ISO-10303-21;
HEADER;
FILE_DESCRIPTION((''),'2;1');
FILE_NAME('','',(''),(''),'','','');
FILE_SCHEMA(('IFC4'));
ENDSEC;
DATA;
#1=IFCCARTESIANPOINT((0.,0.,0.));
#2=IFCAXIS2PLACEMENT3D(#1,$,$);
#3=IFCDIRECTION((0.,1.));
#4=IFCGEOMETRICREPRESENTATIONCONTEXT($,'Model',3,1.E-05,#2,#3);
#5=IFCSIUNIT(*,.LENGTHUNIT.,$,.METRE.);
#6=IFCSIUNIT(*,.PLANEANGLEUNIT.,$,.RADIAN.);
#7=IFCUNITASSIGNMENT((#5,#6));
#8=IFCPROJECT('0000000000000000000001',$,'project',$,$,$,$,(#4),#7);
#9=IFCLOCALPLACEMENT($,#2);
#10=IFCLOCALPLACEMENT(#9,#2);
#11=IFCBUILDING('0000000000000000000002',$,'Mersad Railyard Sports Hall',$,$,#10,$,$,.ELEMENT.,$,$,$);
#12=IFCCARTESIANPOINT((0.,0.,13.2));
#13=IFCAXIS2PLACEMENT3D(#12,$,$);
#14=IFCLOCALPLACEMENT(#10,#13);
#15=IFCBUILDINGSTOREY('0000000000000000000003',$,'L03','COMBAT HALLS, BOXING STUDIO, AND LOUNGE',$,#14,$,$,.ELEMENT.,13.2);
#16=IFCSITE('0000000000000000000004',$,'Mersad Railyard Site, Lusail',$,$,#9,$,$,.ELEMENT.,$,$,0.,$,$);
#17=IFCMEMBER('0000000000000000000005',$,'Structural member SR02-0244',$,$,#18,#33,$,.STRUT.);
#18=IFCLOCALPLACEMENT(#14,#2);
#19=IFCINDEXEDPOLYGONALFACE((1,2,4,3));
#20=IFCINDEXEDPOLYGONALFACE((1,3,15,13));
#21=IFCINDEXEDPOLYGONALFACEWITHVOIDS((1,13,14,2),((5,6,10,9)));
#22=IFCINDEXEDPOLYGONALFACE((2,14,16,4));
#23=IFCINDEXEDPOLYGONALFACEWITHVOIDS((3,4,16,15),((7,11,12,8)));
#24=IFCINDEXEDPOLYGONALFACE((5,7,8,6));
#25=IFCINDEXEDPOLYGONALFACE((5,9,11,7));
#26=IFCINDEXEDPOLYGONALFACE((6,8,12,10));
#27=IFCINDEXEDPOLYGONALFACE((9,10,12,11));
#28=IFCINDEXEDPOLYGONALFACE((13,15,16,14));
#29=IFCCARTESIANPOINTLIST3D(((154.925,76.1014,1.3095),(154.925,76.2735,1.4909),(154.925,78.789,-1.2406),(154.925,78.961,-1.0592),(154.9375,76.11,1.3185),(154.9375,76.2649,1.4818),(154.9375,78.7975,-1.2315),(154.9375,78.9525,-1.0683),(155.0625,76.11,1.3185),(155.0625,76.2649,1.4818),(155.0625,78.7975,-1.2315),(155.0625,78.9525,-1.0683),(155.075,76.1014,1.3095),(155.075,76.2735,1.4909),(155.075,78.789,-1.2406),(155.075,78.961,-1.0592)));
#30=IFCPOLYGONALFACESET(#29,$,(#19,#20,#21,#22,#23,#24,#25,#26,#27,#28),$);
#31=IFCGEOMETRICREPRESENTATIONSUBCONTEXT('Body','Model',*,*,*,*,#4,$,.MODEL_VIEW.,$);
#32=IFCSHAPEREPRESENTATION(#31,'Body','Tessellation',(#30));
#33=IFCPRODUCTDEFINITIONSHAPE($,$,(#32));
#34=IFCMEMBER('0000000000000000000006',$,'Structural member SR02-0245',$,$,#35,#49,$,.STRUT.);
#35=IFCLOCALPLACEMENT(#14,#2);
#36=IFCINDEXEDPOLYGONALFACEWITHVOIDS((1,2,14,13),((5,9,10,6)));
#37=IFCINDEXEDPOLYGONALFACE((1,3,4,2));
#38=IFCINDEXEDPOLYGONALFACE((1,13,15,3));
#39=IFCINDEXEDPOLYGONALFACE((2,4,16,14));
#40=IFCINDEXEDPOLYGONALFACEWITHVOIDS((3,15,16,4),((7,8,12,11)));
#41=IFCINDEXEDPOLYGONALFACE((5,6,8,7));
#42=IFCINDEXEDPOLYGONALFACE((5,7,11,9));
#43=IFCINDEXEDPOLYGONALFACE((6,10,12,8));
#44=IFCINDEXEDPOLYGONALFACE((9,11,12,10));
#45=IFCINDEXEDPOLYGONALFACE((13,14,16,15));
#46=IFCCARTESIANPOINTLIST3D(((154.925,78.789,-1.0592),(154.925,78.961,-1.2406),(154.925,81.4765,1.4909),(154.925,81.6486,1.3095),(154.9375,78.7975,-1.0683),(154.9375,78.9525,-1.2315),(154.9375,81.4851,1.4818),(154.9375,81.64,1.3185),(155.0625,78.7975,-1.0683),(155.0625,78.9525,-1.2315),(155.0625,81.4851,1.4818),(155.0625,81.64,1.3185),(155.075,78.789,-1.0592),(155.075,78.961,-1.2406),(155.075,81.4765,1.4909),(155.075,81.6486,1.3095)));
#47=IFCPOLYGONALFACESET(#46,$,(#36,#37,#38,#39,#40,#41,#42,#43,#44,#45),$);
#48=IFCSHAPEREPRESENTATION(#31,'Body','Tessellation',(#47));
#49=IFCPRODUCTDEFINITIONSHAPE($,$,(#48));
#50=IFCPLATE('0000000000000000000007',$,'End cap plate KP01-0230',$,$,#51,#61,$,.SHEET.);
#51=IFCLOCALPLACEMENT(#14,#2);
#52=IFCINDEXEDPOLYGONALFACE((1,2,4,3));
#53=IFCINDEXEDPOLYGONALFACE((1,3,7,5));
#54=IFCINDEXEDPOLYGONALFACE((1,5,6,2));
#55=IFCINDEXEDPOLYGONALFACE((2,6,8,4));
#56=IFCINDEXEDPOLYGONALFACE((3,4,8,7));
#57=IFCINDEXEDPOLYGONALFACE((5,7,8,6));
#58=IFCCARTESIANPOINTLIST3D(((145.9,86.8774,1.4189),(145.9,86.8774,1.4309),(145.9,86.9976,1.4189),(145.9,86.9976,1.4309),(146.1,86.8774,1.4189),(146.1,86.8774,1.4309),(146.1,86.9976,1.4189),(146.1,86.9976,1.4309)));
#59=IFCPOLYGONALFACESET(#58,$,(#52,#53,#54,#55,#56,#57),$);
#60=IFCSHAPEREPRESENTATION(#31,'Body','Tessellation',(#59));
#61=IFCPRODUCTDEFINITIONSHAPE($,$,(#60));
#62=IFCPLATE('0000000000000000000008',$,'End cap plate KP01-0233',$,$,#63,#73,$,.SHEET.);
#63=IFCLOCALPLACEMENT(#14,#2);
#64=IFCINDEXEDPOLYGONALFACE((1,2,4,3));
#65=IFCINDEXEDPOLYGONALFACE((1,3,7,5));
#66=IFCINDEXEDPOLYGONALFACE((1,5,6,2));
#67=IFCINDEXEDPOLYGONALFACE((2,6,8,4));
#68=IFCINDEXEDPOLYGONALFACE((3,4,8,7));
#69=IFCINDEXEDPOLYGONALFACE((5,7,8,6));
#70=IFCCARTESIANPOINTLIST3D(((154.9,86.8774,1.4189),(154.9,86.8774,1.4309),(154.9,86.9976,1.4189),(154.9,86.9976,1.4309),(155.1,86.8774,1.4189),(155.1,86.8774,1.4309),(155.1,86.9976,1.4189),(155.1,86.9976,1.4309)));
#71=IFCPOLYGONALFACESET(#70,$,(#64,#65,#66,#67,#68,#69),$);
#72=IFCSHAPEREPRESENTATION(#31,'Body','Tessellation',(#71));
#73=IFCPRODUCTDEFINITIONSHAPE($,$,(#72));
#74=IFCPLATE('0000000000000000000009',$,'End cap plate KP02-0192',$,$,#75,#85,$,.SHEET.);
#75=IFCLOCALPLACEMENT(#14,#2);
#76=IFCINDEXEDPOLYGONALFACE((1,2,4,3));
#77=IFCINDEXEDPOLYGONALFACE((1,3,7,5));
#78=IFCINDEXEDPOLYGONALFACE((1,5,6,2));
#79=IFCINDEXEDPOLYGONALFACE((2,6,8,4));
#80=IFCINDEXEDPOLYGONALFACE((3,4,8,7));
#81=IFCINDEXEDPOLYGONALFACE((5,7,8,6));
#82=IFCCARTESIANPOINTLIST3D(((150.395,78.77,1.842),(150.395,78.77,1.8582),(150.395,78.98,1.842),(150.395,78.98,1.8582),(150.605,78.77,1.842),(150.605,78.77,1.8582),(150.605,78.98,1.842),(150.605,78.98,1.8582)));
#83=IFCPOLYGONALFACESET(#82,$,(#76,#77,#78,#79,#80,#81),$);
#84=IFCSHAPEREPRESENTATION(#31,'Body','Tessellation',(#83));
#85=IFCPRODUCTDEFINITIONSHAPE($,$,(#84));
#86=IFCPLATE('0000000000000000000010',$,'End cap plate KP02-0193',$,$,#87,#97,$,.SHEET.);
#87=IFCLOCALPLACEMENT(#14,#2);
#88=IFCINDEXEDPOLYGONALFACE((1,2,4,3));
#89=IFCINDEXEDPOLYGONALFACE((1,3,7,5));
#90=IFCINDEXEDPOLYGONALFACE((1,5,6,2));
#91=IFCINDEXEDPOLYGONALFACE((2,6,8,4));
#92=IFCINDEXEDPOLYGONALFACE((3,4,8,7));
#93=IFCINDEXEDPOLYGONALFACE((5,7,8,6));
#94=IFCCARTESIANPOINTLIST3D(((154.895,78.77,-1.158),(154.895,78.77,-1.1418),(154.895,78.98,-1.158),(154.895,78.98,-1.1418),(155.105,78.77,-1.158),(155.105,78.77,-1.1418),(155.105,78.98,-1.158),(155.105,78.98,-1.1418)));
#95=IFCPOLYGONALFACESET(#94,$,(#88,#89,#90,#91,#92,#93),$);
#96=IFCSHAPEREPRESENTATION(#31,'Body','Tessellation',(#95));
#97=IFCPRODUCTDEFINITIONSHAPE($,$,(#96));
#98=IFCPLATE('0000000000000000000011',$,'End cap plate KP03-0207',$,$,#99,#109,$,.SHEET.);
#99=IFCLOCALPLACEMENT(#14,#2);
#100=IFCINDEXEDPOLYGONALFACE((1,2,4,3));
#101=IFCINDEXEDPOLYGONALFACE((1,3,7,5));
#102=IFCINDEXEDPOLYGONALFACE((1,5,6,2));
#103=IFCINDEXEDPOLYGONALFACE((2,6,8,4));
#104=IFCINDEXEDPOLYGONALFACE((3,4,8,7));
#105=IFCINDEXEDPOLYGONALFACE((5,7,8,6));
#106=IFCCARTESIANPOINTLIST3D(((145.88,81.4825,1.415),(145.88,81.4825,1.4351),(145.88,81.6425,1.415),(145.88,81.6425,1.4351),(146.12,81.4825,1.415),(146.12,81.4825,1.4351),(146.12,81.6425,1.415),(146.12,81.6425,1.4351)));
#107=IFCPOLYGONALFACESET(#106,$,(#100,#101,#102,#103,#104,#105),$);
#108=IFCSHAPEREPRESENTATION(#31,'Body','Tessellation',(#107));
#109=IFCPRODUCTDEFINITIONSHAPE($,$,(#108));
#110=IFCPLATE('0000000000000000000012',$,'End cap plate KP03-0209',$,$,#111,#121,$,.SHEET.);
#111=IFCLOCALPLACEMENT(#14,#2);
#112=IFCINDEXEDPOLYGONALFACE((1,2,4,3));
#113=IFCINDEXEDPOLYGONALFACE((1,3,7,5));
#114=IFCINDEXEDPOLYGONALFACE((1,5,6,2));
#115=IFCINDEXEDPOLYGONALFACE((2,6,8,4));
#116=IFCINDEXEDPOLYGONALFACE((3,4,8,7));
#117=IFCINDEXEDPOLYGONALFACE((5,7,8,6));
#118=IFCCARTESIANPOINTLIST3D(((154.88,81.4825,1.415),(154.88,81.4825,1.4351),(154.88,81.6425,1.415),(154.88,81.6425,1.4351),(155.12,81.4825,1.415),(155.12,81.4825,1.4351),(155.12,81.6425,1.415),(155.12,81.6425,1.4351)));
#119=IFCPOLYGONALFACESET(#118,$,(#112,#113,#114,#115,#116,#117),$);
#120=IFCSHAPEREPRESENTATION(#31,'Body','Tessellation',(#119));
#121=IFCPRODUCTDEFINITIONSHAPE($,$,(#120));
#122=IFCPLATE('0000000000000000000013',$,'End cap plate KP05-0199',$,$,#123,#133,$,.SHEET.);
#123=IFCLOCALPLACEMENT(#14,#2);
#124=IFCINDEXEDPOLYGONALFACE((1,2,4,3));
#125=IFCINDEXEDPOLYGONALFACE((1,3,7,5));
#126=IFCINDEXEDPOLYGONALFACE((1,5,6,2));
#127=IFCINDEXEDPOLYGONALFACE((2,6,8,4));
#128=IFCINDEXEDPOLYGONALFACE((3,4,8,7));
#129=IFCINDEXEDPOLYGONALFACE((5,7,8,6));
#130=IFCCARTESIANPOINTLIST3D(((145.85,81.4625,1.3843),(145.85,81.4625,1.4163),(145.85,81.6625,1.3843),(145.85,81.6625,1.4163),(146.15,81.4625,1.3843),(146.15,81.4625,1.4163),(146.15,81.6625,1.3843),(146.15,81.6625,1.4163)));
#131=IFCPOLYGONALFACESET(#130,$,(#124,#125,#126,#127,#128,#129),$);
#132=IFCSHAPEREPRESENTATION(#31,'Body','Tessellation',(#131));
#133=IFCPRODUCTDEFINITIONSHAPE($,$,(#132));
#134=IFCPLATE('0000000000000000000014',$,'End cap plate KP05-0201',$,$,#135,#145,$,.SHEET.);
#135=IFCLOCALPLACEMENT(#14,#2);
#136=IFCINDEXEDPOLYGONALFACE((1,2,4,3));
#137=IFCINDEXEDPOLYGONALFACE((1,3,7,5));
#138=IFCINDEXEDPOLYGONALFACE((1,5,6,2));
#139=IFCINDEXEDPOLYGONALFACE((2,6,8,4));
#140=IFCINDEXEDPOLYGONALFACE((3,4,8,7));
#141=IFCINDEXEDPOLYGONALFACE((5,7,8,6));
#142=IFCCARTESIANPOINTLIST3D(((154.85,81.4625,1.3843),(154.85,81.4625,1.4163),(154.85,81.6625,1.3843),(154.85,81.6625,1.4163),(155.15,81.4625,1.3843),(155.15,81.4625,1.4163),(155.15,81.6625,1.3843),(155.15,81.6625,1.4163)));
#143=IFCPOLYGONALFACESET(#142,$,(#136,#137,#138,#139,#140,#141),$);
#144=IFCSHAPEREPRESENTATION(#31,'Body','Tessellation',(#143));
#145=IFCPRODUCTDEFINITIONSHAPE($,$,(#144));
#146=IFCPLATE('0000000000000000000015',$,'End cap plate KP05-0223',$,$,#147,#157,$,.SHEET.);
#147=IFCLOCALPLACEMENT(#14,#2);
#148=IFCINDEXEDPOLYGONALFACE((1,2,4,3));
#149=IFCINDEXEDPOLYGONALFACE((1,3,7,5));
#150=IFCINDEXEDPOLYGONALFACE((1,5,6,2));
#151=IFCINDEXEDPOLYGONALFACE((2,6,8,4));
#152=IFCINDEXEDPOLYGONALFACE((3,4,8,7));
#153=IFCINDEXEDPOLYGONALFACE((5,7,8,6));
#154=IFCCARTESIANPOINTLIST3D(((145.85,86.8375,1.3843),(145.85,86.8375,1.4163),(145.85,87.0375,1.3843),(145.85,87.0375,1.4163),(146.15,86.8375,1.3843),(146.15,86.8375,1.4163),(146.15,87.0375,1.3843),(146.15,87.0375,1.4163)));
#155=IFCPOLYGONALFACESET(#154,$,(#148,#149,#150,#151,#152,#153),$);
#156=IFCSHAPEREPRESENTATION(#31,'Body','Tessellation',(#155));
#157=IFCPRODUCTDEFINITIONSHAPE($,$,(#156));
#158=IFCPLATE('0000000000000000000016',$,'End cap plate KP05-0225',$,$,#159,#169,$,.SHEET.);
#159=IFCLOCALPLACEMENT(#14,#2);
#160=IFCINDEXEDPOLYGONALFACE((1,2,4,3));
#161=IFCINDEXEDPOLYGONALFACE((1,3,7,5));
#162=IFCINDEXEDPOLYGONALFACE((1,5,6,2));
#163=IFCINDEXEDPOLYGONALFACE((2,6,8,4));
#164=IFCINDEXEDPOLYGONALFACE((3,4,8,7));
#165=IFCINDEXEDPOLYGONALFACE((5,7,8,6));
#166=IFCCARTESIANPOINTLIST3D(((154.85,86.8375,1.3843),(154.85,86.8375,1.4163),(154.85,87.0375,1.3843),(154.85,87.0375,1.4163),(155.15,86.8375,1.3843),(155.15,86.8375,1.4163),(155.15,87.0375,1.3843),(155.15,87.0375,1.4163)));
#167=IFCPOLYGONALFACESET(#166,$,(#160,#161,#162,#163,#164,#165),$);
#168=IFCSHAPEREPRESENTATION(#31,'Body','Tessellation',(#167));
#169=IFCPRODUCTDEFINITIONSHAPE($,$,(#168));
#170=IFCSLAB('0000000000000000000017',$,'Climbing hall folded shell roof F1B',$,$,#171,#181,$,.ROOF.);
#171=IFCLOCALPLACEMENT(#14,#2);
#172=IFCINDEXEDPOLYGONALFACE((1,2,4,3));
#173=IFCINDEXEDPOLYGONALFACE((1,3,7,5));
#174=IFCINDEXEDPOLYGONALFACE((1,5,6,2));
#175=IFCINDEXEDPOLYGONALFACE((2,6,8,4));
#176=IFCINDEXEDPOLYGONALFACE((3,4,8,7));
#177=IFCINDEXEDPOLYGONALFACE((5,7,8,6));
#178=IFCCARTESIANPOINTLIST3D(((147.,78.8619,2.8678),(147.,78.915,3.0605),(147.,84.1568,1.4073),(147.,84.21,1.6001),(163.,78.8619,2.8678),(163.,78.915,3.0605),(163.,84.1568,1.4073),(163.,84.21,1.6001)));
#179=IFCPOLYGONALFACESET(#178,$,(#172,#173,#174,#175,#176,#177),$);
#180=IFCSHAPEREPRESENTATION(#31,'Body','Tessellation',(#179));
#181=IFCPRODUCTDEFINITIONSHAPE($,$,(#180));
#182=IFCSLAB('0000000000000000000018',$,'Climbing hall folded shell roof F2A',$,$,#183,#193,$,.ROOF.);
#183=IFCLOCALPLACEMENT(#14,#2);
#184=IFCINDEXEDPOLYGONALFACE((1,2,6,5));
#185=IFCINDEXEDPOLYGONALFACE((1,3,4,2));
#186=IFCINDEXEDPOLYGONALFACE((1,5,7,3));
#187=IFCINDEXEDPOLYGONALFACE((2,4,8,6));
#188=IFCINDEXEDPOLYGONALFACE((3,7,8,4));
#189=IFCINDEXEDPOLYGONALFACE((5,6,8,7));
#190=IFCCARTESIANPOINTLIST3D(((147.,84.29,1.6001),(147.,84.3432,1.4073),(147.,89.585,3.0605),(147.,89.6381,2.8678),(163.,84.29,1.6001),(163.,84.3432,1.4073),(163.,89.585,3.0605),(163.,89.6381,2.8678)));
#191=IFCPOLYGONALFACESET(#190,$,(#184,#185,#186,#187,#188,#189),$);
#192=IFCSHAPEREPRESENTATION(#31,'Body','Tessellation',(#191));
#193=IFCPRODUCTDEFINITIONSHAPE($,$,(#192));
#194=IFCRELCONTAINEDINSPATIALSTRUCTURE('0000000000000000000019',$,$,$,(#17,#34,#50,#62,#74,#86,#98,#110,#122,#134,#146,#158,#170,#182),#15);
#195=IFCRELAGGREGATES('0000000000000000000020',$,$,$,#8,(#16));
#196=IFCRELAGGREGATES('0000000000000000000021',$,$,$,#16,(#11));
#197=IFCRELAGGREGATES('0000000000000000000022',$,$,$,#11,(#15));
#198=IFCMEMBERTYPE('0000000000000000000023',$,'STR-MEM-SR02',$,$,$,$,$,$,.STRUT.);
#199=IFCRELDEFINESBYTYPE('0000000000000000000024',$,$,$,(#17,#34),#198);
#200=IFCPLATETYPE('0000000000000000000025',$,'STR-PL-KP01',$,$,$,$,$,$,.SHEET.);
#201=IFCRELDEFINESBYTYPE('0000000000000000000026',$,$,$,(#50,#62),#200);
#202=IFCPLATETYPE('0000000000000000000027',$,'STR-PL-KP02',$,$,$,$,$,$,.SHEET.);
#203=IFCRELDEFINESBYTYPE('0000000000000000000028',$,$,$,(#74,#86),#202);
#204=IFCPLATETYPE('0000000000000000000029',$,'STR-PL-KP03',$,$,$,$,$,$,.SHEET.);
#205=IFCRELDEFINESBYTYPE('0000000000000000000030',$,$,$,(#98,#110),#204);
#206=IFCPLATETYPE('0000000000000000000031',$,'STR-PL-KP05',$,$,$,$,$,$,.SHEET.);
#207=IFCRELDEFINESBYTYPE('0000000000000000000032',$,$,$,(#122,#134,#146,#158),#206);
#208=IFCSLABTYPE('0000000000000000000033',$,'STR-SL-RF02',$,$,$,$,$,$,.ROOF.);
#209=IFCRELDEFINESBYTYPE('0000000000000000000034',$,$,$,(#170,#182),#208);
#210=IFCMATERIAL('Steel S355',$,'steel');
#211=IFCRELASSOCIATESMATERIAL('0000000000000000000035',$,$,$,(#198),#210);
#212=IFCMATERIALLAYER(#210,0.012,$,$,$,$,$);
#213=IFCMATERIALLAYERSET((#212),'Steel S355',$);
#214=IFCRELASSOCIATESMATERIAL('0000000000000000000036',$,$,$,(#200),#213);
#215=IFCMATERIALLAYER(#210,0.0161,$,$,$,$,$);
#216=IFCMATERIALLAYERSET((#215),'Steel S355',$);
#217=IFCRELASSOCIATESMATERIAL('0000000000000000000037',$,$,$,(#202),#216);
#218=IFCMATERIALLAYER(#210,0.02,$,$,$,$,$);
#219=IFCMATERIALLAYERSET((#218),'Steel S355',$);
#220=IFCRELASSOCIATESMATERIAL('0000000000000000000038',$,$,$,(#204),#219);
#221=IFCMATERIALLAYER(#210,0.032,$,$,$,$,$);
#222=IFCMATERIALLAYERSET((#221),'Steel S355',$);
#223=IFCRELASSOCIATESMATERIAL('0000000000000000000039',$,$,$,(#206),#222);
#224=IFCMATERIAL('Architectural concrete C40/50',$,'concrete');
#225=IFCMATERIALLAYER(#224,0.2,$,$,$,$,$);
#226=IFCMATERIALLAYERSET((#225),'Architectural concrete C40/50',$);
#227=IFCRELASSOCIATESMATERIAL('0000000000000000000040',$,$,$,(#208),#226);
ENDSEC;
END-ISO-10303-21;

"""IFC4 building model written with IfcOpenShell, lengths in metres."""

from ifc_helpers import new_model, si_unit, direction, frame, origin, origin_2d, place, context, subcontext, project, spatial, polyline, rectangle, hollow_rectangle, outline, extrude, material, layer, layer_set, material_profile, profile_set, type_object, element, save


model = new_model("IFC4")

# Units and contexts
model_context = context("Model", 3, precision=1e-05, world=origin(), true_north=direction((0.0, 1.0)))
body_context = subcontext(model_context, "Body", "Model", "MODEL_VIEW")
ifc_project = project(units=[si_unit("LENGTHUNIT", "METRE"), si_unit("PLANEANGLEUNIT", "RADIAN")], contexts=[model_context])

# Site, building, storey
site_placement = place(None, origin())
site = spatial("IfcSite", under=ifc_project, at=site_placement, Name="Mersad Railyard Site, Lusail", CompositionType="ELEMENT", RefElevation=0.0)
building_placement = place(site_placement, origin())
building = spatial("IfcBuilding", under=site, at=building_placement, Name="Mersad Railyard Sports Hall", CompositionType="ELEMENT")
storey_placement = place(building_placement, frame((0.0, 0.0, 13.2)))
storey = spatial("IfcBuildingStorey", under=building, at=storey_placement, Name="L03", Description="COMBAT HALLS, BOXING STUDIO, AND LOUNGE", CompositionType="ELEMENT", Elevation=13.2)

# Members
ifc_material_1 = material(Name="Steel S355", Category="steel")
ifc_material_profile_1 = material_profile(ifc_material_1, hollow_rectangle(XDim=0.1499, YDim=0.25, WallThickness=0.0125, at=origin_2d()), Name="RHS 250x150x12.5")
ifc_profile_set_1 = profile_set([ifc_material_profile_1], Name="Steel S355")
member_type_1 = type_object("IfcMemberType", Name="STR-MEM-SR02", PredefinedType="STRUT", material=ifc_profile_set_1)
for number, where, z_axis, x_axis, name in (
    (1, (155.0, 78.875, -1.1499), (0.0, -0.725414, 0.688313), (1.0, 0.0, 0.0), "Structural member SR02-0244"),
    (2, (155.0, 78.875, -1.1499), (0.0, 0.725414, 0.688313), (-1.0, 0.0, 0.0), "Structural member SR02-0245"),
):
    element("IfcMember", number, at=place(storey_placement, frame(where, z_axis=z_axis, x_axis=x_axis)), inside=storey, type_object=member_type_1, Name=name, PredefinedType="STRUT", context=body_context, shape_type="SweptSolid", body=[
        extrude(hollow_rectangle(XDim=0.1499, YDim=0.25, WallThickness=0.0125, at=origin_2d()), origin(), (0.0, 0.0, 1.0), 3.7048),
    ])

# Plates
ifc_layer_1 = layer(ifc_material_1, 0.012)
ifc_layer_set_1 = layer_set([ifc_layer_1], Name="Steel S355")
plate_type_1 = type_object("IfcPlateType", Name="STR-PL-KP01", PredefinedType="SHEET", material=ifc_layer_set_1)
for number, where, z_axis, x_axis, name in (
    (3, (146.0, 86.9375, 1.4189), (0.0, 0.0, 1.0), (1.0, 0.0, 0.0), "End cap plate KP01-0230"),
    (4, (155.0, 86.9375, 1.4189), (0.0, 0.0, 1.0), (1.0, 0.0, 0.0), "End cap plate KP01-0233"),
):
    element("IfcPlate", number, at=place(storey_placement, frame(where, z_axis=z_axis, x_axis=x_axis)), inside=storey, type_object=plate_type_1, Name=name, PredefinedType="SHEET", context=body_context, shape_type="SweptSolid", body=[
        extrude(rectangle(XDim=0.2, YDim=0.1201, at=origin_2d()), origin(), (0.0, 0.0, 1.0), 0.012),
    ])
ifc_layer_2 = layer(ifc_material_1, 0.0161)
ifc_layer_set_2 = layer_set([ifc_layer_2], Name="Steel S355")
plate_type_2 = type_object("IfcPlateType", Name="STR-PL-KP02", PredefinedType="SHEET", material=ifc_layer_set_2)
for number, where, z_axis, x_axis, name in (
    (5, (150.5, 78.875, 1.842), (0.0, 0.0, 1.0), (1.0, 0.0, 0.0), "End cap plate KP02-0192"),
    (6, (155.0, 78.875, -1.158), (0.0, 0.0, 1.0), (1.0, 0.0, 0.0), "End cap plate KP02-0193"),
):
    element("IfcPlate", number, at=place(storey_placement, frame(where, z_axis=z_axis, x_axis=x_axis)), inside=storey, type_object=plate_type_2, Name=name, PredefinedType="SHEET", context=body_context, shape_type="SweptSolid", body=[
        extrude(rectangle(XDim=0.21, YDim=0.21, at=origin_2d()), origin(), (0.0, 0.0, 1.0), 0.0161),
    ])
ifc_layer_3 = layer(ifc_material_1, 0.02)
ifc_layer_set_3 = layer_set([ifc_layer_3], Name="Steel S355")
plate_type_3 = type_object("IfcPlateType", Name="STR-PL-KP03", PredefinedType="SHEET", material=ifc_layer_set_3)
for number, where, z_axis, x_axis, name in (
    (7, (146.0, 81.5625, 1.415), (0.0, 0.0, 1.0), (1.0, 0.0, 0.0), "End cap plate KP03-0207"),
    (8, (155.0, 81.5625, 1.415), (0.0, 0.0, 1.0), (1.0, 0.0, 0.0), "End cap plate KP03-0209"),
):
    element("IfcPlate", number, at=place(storey_placement, frame(where, z_axis=z_axis, x_axis=x_axis)), inside=storey, type_object=plate_type_3, Name=name, PredefinedType="SHEET", context=body_context, shape_type="SweptSolid", body=[
        extrude(rectangle(XDim=0.24, YDim=0.1599, at=origin_2d()), origin(), (0.0, 0.0, 1.0), 0.02),
    ])
ifc_layer_4 = layer(ifc_material_1, 0.032)
ifc_layer_set_4 = layer_set([ifc_layer_4], Name="Steel S355")
plate_type_4 = type_object("IfcPlateType", Name="STR-PL-KP05", PredefinedType="SHEET", material=ifc_layer_set_4)
for number, where, z_axis, x_axis, name in (
    (9, (146.0, 81.5625, 1.3843), (0.0, 0.0, 1.0), (1.0, 0.0, 0.0), "End cap plate KP05-0199"),
    (10, (155.0, 81.5625, 1.3843), (0.0, 0.0, 1.0), (1.0, 0.0, 0.0), "End cap plate KP05-0201"),
    (11, (146.0, 86.9375, 1.3843), (0.0, 0.0, 1.0), (1.0, 0.0, 0.0), "End cap plate KP05-0223"),
    (12, (155.0, 86.9375, 1.3843), (0.0, 0.0, 1.0), (1.0, 0.0, 0.0), "End cap plate KP05-0225"),
):
    element("IfcPlate", number, at=place(storey_placement, frame(where, z_axis=z_axis, x_axis=x_axis)), inside=storey, type_object=plate_type_4, Name=name, PredefinedType="SHEET", context=body_context, shape_type="SweptSolid", body=[
        extrude(rectangle(XDim=0.3, YDim=0.2, at=origin_2d()), origin(), (0.0, 0.0, 1.0), 0.032),
    ])

# Slabs
ifc_material_2 = material(Name="Architectural concrete C40/50", Category="concrete")
ifc_layer_5 = layer(ifc_material_2, 0.2)
ifc_layer_set_5 = layer_set([ifc_layer_5], Name="Architectural concrete C40/50")
slab_type = type_object("IfcSlabType", Name="STR-SL-RF02", PredefinedType="ROOF", material=ifc_layer_set_5)
for number, where, z_axis, x_axis, name in (
    (13, (147.0, 78.915, 3.0605), (0.0, 0.265892, 0.964003), (1.0, 0.0, 0.0), "Climbing hall folded shell roof F1B"),
    (14, (147.0, 84.29, 1.6001), (0.0, -0.265892, 0.964003), (1.0, 0.0, 0.0), "Climbing hall folded shell roof F2A"),
):
    element("IfcSlab", number, at=place(storey_placement, frame(where, z_axis=z_axis, x_axis=x_axis)), inside=storey, type_object=slab_type, Name=name, PredefinedType="ROOF", context=body_context, shape_type="SweptSolid", body=[
        extrude(outline(polyline([(0.0, 0.0), (16.0, 0.0), (16.0, 5.4926), (0.0, 5.4926), (0.0, 0.0)])), origin(), (0.0, 0.0, -1.0), 0.2),
    ])

save(model, "model.ifc")
